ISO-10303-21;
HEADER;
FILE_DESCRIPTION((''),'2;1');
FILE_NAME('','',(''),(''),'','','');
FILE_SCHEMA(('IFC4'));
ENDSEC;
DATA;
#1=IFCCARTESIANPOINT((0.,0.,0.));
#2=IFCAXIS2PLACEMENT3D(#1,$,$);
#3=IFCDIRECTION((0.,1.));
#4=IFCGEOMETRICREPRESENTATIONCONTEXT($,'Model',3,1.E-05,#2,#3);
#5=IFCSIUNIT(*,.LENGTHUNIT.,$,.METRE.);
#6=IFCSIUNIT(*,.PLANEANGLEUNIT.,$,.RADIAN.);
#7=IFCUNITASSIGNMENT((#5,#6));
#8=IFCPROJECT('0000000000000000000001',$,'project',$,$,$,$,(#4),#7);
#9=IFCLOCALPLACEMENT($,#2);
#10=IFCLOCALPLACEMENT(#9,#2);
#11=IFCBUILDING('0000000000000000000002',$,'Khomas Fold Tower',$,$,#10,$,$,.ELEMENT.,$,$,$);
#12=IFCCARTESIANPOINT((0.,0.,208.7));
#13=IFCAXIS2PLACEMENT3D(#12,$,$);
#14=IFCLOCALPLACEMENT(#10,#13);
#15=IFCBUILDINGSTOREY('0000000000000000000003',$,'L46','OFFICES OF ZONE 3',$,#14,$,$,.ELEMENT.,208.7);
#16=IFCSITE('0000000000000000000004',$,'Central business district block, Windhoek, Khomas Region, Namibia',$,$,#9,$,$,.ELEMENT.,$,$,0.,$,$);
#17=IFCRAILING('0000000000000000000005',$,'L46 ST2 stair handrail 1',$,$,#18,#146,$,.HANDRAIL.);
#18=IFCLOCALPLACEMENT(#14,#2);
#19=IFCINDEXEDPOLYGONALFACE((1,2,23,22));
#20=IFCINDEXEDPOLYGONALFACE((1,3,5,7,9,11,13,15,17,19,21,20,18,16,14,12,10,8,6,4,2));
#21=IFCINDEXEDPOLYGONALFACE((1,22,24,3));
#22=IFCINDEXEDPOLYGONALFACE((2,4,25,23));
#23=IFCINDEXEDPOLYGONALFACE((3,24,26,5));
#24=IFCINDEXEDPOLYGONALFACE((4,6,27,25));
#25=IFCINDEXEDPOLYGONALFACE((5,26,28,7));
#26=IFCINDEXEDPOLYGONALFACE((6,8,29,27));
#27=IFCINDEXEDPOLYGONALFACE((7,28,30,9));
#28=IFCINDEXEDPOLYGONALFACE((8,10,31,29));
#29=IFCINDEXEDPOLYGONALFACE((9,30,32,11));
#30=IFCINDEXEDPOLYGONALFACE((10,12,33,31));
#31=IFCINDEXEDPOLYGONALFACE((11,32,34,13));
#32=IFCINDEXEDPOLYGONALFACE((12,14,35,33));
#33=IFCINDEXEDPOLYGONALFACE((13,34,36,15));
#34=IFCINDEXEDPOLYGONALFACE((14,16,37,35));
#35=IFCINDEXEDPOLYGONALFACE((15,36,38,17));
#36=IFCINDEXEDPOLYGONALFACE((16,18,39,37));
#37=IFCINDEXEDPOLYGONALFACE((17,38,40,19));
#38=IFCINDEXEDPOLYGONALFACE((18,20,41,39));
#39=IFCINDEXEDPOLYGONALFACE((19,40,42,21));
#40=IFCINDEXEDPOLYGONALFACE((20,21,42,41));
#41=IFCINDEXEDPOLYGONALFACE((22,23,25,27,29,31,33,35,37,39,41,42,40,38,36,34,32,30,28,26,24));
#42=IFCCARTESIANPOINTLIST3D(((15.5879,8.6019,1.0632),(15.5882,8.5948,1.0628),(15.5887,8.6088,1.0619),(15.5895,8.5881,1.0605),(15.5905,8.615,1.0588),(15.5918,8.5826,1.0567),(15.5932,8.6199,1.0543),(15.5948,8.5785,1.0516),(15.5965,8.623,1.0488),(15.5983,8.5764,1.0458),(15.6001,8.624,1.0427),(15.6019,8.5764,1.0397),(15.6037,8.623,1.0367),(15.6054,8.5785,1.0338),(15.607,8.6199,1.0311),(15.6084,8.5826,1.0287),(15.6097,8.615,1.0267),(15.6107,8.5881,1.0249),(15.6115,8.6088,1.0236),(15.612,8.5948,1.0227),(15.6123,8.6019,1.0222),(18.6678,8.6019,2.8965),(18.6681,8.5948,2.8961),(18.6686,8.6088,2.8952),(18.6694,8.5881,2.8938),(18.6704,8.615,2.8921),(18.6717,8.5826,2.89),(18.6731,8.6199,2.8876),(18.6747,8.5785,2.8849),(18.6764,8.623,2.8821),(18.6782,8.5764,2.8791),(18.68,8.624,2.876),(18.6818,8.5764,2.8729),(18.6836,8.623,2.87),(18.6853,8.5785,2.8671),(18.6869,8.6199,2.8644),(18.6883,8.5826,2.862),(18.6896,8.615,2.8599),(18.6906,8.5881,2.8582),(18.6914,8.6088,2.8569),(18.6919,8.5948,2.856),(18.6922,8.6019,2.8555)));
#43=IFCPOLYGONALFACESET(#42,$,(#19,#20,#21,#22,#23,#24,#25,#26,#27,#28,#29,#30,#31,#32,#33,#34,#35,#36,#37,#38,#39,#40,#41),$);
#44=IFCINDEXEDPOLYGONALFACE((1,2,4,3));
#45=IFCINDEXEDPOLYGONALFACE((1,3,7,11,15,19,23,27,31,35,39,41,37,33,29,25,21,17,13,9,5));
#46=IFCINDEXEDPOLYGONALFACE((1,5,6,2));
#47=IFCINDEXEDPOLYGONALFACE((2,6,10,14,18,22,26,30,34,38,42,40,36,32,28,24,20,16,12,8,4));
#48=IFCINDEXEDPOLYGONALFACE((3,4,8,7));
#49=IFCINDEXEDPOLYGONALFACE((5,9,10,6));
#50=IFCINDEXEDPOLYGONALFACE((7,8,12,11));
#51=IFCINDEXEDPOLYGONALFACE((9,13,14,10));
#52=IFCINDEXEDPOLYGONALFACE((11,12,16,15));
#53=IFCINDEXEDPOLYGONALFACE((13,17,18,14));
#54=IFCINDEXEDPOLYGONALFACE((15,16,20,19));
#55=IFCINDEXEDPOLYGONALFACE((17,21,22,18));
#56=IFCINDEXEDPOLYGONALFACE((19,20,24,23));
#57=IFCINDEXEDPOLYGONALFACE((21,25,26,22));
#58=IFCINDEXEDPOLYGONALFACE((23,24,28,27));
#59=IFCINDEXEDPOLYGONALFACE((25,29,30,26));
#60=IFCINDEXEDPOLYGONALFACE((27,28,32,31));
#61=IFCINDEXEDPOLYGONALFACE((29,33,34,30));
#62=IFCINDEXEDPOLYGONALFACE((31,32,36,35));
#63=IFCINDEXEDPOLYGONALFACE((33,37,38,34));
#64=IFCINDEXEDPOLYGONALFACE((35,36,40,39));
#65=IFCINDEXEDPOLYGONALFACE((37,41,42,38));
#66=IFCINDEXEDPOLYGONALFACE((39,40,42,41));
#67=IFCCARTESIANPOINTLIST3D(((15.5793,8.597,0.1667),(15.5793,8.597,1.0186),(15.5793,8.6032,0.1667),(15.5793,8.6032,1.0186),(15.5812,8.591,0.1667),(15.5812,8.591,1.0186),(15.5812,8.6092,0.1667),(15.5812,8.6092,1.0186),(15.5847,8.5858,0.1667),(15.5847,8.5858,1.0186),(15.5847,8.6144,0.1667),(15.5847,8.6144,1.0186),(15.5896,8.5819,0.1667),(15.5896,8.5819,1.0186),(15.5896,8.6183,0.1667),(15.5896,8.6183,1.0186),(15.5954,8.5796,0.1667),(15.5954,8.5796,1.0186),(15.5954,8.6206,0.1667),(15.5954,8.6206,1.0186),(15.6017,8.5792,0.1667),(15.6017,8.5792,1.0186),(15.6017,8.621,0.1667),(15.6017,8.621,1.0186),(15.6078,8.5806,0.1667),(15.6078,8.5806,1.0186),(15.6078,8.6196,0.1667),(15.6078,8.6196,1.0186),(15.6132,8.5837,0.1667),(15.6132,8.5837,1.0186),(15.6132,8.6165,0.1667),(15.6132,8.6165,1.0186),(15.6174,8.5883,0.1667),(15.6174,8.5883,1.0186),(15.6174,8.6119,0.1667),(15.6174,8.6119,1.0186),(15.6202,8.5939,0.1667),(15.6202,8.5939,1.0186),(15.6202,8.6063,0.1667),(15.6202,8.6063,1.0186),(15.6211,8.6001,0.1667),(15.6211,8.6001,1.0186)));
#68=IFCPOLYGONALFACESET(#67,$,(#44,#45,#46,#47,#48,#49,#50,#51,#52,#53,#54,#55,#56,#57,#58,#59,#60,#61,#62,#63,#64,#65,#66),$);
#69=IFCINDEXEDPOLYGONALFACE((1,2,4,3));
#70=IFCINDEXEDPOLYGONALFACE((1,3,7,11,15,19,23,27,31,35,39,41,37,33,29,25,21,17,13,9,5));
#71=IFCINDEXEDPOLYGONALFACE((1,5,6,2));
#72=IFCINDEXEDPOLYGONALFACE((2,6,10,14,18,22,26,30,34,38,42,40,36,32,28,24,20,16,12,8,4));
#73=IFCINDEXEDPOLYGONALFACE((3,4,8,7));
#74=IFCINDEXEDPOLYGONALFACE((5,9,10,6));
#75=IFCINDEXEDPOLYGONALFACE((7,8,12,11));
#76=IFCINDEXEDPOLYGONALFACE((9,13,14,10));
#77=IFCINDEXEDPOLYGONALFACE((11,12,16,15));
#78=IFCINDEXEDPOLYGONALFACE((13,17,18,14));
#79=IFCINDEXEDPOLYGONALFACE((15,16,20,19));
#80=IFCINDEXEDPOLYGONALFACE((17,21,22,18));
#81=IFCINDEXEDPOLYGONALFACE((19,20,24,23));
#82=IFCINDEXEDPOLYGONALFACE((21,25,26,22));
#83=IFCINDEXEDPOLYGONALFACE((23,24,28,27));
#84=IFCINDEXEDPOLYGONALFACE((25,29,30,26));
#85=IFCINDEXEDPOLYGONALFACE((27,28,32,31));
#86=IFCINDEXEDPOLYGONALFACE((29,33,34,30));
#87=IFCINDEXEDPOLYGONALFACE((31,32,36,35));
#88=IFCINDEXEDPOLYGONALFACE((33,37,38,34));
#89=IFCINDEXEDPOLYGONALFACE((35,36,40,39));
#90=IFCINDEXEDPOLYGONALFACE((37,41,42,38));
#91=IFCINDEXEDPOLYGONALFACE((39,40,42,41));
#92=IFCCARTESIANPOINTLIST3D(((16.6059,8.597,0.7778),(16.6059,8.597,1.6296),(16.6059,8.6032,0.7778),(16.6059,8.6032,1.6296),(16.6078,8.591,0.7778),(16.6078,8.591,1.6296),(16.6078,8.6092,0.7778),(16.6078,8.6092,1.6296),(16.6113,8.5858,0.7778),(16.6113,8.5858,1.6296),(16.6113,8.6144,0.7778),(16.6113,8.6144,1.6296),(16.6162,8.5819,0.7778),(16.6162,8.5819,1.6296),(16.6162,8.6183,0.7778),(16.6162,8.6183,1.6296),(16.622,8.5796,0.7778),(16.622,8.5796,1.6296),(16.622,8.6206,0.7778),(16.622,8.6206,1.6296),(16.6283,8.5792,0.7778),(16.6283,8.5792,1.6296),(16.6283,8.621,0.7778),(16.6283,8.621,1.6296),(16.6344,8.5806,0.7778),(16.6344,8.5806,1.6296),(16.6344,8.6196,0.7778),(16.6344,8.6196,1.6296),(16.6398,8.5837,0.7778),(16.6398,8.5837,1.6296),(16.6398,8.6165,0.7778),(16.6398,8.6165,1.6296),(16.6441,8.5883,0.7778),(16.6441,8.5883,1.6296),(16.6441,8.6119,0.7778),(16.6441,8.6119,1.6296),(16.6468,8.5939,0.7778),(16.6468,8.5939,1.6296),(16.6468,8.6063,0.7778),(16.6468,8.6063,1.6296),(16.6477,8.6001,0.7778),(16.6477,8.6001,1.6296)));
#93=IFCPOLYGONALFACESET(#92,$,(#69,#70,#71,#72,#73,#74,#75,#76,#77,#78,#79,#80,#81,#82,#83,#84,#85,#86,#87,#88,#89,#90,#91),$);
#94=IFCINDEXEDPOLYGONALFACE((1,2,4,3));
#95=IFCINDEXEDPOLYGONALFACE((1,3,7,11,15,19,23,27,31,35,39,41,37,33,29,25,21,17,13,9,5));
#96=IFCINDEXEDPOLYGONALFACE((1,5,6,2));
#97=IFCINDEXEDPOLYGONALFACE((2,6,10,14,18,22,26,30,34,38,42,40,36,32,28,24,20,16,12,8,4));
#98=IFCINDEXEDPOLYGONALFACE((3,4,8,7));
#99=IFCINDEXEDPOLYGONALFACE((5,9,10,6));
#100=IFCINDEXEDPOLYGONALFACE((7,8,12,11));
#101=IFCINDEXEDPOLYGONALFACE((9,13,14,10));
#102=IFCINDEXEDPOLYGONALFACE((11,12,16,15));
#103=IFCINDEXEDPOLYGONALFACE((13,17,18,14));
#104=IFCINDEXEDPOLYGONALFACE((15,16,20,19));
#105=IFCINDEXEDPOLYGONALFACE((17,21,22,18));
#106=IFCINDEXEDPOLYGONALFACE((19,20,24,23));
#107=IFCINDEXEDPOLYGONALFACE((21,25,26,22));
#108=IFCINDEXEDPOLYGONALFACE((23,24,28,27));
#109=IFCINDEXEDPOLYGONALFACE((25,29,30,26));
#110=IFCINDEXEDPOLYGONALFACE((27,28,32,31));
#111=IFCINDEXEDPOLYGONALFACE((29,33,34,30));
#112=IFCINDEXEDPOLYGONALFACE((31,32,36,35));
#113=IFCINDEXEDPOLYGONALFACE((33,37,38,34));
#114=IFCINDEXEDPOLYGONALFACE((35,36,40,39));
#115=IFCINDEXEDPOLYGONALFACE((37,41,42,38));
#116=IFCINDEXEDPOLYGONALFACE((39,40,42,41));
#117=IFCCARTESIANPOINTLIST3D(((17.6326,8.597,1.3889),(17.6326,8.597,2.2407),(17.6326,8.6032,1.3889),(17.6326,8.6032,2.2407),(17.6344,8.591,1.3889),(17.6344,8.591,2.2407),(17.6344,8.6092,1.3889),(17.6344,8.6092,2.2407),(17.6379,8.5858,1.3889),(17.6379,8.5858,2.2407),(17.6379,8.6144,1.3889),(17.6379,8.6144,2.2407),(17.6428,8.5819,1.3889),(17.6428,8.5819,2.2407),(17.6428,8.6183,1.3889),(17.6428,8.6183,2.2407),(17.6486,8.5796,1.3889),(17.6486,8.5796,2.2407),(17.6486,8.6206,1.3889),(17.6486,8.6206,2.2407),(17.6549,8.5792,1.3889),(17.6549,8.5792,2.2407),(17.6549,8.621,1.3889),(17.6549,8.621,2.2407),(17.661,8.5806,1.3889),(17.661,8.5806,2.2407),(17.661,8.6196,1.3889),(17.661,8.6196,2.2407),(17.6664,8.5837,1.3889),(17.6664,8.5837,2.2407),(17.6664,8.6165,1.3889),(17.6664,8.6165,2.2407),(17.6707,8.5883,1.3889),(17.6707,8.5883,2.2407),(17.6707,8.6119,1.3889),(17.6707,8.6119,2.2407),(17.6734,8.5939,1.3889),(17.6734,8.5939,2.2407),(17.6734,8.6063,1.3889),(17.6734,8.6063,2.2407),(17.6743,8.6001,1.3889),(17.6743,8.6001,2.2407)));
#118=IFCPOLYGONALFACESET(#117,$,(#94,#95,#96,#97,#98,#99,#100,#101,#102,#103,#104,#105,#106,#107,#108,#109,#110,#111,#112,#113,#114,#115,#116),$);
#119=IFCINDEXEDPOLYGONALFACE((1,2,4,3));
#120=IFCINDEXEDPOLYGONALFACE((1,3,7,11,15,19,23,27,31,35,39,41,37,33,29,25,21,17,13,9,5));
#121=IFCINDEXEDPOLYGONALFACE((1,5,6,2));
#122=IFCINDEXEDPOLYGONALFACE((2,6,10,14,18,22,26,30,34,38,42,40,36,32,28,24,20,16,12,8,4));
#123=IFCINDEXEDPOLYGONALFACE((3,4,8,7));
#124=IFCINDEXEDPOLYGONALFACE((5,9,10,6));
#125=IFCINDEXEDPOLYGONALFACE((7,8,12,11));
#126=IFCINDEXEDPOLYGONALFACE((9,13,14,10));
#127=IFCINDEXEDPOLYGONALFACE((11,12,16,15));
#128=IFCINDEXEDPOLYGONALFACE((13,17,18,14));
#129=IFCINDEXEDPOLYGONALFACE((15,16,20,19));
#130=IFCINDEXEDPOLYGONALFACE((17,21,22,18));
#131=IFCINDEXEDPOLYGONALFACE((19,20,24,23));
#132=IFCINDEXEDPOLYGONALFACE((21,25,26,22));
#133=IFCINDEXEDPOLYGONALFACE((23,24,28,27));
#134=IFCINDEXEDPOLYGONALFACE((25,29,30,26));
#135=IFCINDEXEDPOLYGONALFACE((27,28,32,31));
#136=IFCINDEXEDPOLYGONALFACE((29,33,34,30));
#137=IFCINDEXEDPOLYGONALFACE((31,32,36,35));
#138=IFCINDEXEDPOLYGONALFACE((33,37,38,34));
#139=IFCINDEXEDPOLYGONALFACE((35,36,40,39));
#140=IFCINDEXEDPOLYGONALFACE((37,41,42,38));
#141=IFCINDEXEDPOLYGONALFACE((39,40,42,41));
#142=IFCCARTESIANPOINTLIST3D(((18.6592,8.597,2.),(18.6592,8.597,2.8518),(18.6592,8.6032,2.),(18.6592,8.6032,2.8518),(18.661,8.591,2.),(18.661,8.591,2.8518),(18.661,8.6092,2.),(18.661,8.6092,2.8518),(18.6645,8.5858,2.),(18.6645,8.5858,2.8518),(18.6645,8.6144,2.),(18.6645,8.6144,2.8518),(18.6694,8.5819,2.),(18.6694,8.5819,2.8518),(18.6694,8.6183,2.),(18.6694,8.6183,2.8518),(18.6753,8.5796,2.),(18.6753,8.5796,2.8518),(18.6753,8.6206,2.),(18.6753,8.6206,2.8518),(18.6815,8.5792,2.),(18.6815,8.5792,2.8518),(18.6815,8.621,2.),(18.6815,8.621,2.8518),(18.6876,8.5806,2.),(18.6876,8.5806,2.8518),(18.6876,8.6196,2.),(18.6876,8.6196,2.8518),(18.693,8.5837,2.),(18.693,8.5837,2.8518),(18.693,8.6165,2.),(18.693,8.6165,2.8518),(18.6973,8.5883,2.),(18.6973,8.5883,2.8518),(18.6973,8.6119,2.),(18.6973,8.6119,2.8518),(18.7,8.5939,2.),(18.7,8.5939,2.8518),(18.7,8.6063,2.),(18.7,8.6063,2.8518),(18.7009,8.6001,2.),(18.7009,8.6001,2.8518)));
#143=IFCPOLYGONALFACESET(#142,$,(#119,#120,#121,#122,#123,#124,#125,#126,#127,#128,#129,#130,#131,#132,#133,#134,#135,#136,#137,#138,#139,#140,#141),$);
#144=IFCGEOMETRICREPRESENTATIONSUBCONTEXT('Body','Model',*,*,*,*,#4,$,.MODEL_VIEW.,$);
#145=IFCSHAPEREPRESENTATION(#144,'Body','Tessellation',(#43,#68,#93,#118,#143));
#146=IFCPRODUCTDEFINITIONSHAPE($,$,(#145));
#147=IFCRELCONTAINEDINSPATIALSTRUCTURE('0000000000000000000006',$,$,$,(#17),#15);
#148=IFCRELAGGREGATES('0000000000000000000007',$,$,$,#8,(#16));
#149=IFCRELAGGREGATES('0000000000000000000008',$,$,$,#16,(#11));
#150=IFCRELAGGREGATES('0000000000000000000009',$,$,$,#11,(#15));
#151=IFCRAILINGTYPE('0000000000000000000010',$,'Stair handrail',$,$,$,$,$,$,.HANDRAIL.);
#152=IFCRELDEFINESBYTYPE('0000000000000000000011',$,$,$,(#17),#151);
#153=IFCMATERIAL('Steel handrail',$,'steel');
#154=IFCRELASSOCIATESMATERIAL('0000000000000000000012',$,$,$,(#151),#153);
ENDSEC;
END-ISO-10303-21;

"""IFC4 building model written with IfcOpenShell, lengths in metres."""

from ifc_helpers import new_model, si_unit, direction, frame, origin, origin_2d, place, context, subcontext, project, spatial, circle, extrude, source, transform, mapped, material, type_object, element, save


model = new_model("IFC4")

# Units and contexts
model_context = context("Model", 3, precision=1e-05, world=origin(), true_north=direction((0.0, 1.0)))
body_context = subcontext(model_context, "Body", "Model", "MODEL_VIEW")
ifc_project = project(units=[si_unit("LENGTHUNIT", "METRE"), si_unit("PLANEANGLEUNIT", "RADIAN")], contexts=[model_context])

# Site, building, storey
site_placement = place(None, origin())
site = spatial("IfcSite", under=ifc_project, at=site_placement, Name="Central business district block, Windhoek, Khomas Region, Namibia", CompositionType="ELEMENT", RefElevation=0.0)
building_placement = place(site_placement, origin())
building = spatial("IfcBuilding", under=site, at=building_placement, Name="Khomas Fold Tower", CompositionType="ELEMENT")
storey_placement = place(building_placement, frame((0.0, 0.0, 208.7)))
storey = spatial("IfcBuildingStorey", under=building, at=storey_placement, Name="L46", Description="OFFICES OF ZONE 3", CompositionType="ELEMENT", Elevation=208.7)

# Railing
ifc_material_1 = material(Name="Steel handrail", Category="steel")
railing_type_1 = type_object("IfcRailingType", Name="Stair handrail", PredefinedType="HANDRAIL", material=ifc_material_1)
shared_shape_1 = source(origin(), body_context, "Body", "SweptSolid", [
    extrude(circle(Radius=0.0239, at=origin_2d()), frame((0.0, 0.0, 0.876), z_axis=(0.859291, 0.0, 0.511487), x_axis=(0.0, 1.0, 0.0)), (0.0, 0.0, 1.0), 3.5842),
    extrude(circle(Radius=0.021, at=origin_2d()), origin(), (0.0, 0.0, 1.0), 0.8518),
    extrude(circle(Radius=0.021, at=origin_2d()), frame((1.0266, 0.0, 0.6111)), (0.0, 0.0, 1.0), 0.8518),
    extrude(circle(Radius=0.021, at=origin_2d()), frame((2.0532, 0.0, 1.2222)), (0.0, 0.0, 1.0), 0.8518),
    extrude(circle(Radius=0.021, at=origin_2d()), frame((3.0798, 0.0, 1.8333)), (0.0, 0.0, 1.0), 0.8518),
])
railing_1_placement = place(storey_placement, frame((15.6001, 8.6001, 0.1667)))
element("IfcRailing", 1, at=railing_1_placement, inside=storey, type_object=railing_type_1, Name="L46 ST2 stair handrail 1", PredefinedType="HANDRAIL", context=body_context, shape_type="MappedRepresentation", body=[
    mapped(shared_shape_1, transform((0.0, 0.0, 0.0))),
])

save(model, "model.ifc")
